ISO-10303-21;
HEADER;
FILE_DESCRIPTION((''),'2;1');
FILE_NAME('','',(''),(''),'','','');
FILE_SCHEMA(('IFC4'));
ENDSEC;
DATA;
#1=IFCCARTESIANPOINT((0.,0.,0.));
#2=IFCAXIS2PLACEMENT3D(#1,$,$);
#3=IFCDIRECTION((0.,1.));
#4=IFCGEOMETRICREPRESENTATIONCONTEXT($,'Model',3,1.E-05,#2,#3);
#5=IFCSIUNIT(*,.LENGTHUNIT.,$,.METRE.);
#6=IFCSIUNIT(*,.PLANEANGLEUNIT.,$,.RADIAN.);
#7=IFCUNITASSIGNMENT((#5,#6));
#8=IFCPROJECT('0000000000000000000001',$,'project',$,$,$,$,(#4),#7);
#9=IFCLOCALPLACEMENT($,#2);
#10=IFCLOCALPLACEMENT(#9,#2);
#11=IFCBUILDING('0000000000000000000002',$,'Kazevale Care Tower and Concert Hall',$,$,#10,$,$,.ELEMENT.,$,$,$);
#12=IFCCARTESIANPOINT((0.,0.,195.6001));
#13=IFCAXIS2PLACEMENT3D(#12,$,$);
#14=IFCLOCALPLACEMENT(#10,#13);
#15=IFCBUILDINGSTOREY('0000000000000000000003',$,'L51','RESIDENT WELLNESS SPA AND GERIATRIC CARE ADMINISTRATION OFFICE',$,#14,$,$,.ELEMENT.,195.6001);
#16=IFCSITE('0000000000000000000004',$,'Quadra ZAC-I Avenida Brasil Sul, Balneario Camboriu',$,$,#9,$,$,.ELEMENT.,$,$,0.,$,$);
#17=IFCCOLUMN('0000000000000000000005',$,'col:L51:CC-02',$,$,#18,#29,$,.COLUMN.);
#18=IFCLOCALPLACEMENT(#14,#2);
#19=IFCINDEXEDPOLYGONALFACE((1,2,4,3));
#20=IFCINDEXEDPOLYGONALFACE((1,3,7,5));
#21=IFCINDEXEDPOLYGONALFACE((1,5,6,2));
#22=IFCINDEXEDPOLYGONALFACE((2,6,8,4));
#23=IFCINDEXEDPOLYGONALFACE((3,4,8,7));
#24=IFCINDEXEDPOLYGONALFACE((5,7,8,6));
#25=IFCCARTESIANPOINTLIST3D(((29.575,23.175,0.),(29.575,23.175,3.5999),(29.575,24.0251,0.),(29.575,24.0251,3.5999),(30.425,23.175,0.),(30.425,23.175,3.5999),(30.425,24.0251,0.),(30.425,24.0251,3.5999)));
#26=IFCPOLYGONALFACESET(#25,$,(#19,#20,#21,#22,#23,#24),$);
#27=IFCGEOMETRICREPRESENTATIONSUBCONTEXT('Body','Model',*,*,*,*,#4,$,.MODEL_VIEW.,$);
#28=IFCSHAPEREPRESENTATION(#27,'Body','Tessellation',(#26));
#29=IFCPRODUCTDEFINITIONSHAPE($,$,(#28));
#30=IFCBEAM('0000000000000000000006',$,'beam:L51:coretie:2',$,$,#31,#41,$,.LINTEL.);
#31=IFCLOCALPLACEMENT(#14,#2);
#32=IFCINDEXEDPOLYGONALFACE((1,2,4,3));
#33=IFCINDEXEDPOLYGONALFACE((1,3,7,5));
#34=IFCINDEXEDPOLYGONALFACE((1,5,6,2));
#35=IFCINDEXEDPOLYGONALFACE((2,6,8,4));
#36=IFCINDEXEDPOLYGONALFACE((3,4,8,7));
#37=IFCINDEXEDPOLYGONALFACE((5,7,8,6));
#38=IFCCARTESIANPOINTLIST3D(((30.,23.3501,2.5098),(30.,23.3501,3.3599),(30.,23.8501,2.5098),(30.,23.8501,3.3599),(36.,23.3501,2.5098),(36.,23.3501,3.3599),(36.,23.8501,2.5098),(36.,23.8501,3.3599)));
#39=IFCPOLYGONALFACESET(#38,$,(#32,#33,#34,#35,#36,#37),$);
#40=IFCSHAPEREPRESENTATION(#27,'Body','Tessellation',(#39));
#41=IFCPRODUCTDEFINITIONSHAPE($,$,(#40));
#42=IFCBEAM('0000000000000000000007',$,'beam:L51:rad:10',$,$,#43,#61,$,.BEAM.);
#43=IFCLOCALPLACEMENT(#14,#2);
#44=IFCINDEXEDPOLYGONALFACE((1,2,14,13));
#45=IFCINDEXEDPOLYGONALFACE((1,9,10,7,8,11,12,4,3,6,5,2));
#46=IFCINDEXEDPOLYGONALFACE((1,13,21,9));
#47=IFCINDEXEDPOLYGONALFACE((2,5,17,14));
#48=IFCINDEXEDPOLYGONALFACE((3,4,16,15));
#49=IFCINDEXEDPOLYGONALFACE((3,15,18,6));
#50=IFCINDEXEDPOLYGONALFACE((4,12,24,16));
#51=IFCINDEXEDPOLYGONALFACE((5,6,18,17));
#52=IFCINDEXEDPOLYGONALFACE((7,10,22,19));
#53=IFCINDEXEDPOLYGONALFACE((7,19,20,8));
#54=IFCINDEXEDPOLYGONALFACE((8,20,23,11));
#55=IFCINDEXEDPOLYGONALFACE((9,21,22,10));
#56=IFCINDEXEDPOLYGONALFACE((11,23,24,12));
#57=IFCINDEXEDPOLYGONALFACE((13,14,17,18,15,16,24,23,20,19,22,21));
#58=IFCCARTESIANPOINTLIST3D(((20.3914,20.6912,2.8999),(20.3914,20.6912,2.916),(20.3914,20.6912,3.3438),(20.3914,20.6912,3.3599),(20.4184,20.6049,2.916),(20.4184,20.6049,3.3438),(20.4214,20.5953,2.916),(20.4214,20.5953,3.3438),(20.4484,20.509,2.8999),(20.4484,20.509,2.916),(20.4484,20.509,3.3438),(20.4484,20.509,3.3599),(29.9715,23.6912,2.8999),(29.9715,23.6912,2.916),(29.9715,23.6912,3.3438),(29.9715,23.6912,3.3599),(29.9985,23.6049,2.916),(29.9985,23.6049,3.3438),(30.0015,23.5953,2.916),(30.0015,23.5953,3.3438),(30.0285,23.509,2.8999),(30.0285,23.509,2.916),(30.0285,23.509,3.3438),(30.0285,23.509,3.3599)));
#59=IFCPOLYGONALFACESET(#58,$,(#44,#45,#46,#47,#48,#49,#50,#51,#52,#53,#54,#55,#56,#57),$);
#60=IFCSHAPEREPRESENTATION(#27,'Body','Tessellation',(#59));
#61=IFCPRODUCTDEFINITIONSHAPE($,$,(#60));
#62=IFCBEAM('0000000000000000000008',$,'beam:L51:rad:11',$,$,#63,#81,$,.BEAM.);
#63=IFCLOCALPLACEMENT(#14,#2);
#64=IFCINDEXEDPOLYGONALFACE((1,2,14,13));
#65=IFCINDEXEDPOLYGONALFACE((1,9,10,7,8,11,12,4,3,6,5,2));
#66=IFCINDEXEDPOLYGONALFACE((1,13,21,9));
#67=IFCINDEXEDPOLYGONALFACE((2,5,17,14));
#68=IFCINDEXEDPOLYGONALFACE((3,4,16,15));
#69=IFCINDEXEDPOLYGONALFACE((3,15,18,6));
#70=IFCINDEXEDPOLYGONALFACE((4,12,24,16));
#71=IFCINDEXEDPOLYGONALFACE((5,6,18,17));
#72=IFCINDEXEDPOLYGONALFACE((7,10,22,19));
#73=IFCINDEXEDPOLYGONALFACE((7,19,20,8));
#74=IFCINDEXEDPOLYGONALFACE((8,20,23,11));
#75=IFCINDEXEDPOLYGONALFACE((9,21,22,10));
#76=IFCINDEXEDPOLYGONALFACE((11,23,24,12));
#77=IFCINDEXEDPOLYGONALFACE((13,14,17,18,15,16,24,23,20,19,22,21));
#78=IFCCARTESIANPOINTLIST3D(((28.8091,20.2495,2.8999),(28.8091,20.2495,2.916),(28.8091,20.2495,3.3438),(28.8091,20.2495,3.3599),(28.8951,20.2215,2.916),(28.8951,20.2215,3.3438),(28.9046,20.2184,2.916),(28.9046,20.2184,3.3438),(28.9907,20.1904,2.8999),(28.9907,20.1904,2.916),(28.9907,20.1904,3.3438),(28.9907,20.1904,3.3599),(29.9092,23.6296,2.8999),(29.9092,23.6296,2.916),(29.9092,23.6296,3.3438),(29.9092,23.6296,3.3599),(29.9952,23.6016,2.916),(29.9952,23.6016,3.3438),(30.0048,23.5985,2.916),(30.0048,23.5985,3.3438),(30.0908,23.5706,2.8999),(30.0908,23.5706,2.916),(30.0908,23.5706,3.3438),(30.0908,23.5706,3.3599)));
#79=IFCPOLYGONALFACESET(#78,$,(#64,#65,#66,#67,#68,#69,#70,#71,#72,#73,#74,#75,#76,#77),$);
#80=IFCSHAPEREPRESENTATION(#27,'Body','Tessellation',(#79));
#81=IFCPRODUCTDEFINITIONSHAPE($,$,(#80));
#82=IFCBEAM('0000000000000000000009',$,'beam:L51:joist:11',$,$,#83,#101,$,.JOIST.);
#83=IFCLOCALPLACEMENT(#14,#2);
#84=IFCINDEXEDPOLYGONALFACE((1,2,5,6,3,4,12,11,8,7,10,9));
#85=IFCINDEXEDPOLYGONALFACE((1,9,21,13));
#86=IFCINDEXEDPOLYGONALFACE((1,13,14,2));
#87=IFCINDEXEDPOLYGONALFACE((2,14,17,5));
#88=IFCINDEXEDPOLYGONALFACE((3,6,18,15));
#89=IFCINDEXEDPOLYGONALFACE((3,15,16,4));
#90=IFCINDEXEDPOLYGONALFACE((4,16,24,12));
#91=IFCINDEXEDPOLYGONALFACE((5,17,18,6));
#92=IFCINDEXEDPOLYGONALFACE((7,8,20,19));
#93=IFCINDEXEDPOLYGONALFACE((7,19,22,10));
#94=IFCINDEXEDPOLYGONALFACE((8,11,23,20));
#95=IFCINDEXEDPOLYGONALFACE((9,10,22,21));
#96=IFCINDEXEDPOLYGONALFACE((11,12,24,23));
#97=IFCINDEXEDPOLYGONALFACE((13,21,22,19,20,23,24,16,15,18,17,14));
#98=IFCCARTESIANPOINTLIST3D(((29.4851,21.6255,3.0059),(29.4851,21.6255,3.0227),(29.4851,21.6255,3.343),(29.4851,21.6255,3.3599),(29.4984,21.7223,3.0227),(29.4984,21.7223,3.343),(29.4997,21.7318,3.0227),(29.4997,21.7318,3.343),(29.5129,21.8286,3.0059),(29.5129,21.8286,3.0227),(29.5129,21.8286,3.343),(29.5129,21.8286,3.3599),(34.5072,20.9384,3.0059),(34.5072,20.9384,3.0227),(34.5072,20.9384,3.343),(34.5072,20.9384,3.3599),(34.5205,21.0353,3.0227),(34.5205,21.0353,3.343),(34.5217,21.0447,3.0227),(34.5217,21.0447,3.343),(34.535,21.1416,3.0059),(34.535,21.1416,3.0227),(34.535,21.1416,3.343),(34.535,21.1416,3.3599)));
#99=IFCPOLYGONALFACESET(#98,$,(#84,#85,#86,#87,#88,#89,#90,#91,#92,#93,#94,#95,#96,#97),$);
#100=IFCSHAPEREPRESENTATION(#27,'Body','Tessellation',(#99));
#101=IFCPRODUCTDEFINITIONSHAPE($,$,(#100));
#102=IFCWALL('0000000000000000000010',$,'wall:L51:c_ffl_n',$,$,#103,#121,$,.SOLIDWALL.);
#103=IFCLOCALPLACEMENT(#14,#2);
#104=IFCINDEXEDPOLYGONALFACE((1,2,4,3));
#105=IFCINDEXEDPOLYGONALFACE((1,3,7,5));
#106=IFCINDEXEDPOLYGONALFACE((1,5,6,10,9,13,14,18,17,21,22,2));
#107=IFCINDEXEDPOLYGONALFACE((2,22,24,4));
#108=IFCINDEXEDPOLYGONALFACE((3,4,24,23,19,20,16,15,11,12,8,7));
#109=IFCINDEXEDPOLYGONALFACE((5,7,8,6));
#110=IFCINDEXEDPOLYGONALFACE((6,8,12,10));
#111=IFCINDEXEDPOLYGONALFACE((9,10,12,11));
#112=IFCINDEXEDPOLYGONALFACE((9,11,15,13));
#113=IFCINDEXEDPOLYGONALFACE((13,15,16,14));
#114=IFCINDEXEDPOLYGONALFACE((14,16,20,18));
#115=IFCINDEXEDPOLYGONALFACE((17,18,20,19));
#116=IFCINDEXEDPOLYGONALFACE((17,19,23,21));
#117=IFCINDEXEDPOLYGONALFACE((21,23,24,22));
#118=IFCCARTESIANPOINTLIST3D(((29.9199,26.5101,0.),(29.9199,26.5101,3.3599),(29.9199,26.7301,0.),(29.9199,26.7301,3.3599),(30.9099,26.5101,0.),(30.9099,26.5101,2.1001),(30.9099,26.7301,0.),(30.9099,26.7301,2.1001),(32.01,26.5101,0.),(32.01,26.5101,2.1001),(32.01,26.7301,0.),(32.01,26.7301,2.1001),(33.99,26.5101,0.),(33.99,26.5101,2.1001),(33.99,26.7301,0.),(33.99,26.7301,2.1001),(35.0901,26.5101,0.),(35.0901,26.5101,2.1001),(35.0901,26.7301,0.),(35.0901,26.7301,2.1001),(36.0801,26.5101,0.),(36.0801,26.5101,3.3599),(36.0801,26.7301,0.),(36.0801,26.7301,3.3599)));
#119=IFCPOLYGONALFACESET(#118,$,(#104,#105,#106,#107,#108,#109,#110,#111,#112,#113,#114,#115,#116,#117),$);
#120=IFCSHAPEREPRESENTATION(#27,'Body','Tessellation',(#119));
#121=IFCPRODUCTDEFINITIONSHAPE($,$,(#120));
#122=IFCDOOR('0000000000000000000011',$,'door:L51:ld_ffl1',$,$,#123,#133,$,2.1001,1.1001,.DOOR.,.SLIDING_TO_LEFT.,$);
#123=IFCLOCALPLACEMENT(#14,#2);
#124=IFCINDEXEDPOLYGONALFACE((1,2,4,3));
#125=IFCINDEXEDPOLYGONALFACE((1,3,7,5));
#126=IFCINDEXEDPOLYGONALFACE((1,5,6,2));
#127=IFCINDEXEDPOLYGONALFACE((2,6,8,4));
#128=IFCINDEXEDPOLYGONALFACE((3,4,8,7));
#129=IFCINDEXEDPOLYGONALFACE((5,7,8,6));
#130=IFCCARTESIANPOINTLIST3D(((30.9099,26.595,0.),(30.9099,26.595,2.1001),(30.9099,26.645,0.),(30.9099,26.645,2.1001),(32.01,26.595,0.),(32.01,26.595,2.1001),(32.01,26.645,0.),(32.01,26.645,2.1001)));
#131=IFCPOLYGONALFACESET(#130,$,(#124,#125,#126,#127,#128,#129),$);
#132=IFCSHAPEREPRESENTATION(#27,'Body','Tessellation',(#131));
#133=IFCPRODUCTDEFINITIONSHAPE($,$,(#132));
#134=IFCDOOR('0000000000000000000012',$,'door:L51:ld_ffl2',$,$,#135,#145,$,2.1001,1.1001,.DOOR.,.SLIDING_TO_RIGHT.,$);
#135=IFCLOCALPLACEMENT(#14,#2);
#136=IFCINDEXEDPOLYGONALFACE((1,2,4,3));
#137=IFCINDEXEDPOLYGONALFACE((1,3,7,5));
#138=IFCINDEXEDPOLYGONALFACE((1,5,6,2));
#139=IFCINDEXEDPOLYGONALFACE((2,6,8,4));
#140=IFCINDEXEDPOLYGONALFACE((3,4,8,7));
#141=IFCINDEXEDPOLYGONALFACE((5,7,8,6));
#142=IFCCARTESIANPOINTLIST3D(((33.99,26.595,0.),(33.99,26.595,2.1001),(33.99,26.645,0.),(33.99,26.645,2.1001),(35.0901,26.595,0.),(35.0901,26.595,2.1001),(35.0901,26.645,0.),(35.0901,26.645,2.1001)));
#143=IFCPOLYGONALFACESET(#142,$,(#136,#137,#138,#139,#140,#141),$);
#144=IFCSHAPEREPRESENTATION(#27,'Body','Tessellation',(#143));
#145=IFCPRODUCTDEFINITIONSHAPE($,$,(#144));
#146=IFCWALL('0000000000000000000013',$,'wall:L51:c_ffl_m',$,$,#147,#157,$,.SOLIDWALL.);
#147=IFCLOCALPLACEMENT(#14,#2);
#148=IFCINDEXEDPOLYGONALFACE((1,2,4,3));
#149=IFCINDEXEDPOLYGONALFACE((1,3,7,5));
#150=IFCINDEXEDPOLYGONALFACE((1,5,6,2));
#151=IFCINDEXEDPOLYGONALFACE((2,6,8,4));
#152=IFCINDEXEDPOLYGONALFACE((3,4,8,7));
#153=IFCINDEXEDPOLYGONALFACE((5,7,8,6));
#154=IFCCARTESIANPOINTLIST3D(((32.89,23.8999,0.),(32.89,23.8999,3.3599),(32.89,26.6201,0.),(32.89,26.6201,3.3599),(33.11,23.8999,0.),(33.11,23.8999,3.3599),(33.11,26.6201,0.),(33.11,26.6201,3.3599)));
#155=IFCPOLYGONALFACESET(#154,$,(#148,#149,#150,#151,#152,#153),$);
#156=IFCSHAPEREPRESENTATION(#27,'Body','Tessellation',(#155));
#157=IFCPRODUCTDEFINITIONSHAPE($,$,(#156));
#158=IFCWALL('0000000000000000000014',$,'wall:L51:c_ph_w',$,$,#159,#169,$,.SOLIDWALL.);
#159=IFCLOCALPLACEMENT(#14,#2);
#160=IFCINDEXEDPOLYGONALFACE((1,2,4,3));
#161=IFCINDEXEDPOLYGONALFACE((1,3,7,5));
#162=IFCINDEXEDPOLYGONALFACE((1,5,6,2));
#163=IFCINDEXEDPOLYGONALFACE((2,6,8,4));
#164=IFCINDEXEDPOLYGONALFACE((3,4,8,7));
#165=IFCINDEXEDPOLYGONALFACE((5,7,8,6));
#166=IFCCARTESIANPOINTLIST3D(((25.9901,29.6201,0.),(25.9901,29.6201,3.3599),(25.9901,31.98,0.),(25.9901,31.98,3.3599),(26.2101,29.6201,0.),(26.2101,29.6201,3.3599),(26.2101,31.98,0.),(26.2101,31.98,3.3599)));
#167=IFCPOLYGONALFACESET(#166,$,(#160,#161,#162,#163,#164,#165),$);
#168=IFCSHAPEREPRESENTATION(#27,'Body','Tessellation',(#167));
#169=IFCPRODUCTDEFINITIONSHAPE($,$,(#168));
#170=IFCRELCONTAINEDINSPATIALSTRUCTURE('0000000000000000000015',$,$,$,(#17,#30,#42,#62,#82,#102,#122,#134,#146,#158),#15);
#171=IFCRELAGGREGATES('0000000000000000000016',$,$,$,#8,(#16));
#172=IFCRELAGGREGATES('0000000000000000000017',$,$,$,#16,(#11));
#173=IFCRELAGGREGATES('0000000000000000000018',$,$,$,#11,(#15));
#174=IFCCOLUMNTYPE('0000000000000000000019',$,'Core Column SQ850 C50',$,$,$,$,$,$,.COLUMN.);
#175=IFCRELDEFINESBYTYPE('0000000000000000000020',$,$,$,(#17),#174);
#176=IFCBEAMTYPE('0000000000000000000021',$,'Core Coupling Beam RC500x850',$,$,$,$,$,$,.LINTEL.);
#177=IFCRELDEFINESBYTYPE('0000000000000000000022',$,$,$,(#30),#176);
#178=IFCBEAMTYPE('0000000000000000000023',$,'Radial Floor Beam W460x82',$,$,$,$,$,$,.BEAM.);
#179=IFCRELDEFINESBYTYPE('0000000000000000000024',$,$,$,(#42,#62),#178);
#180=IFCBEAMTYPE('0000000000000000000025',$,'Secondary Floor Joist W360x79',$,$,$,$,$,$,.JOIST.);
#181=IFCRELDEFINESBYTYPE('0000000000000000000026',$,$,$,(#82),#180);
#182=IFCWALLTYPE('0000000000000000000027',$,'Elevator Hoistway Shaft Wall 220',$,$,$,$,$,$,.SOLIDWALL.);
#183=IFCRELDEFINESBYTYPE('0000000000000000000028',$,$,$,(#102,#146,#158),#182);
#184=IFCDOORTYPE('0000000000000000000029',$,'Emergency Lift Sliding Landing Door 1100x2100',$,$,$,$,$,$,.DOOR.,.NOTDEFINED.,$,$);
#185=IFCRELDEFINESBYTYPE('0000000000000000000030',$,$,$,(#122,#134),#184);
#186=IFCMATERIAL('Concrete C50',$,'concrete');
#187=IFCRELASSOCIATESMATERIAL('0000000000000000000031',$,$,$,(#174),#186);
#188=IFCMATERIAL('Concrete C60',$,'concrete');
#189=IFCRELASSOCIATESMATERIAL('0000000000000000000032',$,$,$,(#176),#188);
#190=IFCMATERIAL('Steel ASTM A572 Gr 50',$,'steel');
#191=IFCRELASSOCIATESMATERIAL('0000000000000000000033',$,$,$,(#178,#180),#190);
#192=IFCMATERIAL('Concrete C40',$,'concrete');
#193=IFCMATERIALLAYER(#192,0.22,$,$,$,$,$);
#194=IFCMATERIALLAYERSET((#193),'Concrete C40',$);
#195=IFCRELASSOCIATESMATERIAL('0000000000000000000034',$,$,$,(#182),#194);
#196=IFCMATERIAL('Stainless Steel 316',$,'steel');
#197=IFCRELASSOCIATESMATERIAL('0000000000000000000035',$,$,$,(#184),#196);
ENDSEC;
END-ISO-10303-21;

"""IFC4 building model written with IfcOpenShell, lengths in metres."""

from ifc_helpers import new_model, si_unit, direction, frame, frame_2d, origin, origin_2d, place, context, subcontext, project, spatial, rectangle, i_section, extrude, material, layer, layer_set, material_profile, profile_set, type_object, element, fill, save


model = new_model("IFC4")

# Units and contexts
model_context = context("Model", 3, precision=1e-05, world=origin(), true_north=direction((0.0, 1.0)))
body_context = subcontext(model_context, "Body", "Model", "MODEL_VIEW")
ifc_project = project(units=[si_unit("LENGTHUNIT", "METRE"), si_unit("PLANEANGLEUNIT", "RADIAN")], contexts=[model_context])

# Site, building, storey
site_placement = place(None, origin())
site = spatial("IfcSite", under=ifc_project, at=site_placement, Name="Quadra ZAC-I Avenida Brasil Sul, Balneario Camboriu", CompositionType="ELEMENT", RefElevation=0.0)
building_placement = place(site_placement, origin())
building = spatial("IfcBuilding", under=site, at=building_placement, Name="Kazevale Care Tower and Concert Hall", CompositionType="ELEMENT")
storey_placement = place(building_placement, frame((0.0, 0.0, 195.6001)))
storey = spatial("IfcBuildingStorey", under=building, at=storey_placement, Name="L51", Description="RESIDENT WELLNESS SPA AND GERIATRIC CARE ADMINISTRATION OFFICE", CompositionType="ELEMENT", Elevation=195.6001)

# Column
ifc_material_1 = material(Name="Concrete C50", Category="concrete")
ifc_material_profile_1 = material_profile(ifc_material_1, rectangle(XDim=0.8501, YDim=0.8501, at=origin_2d()), Name="RC-SQ850")
ifc_profile_set_1 = profile_set([ifc_material_profile_1], Name="Concrete C50")
column_type = type_object("IfcColumnType", Name="Core Column SQ850 C50", PredefinedType="COLUMN", material=ifc_profile_set_1)
column_placement = place(storey_placement, frame((30.0, 23.6001, 0.0), z_axis=(0.0, 0.0, 1.0), x_axis=(1.0, 0.0, 0.0)))
element("IfcColumn", 1, at=column_placement, inside=storey, type_object=column_type, Name="col:L51:CC-02", PredefinedType="COLUMN", context=body_context, shape_type="SweptSolid", body=[
    extrude(rectangle(XDim=0.8501, YDim=0.8501, at=origin_2d()), origin(), (0.0, 0.0, 1.0), 3.5999),
])

# Beams
ifc_material_2 = material(Name="Concrete C60", Category="concrete")
ifc_material_profile_2 = material_profile(ifc_material_2, rectangle(XDim=0.5, YDim=0.8501, at=origin_2d()), Name="RC-B500x850")
ifc_profile_set_2 = profile_set([ifc_material_profile_2], Name="Concrete C60")
beam_type_1 = type_object("IfcBeamType", Name="Core Coupling Beam RC500x850", PredefinedType="LINTEL", material=ifc_profile_set_2)
beam_1_placement = place(storey_placement, frame((30.0, 23.6001, 2.9348), z_axis=(1.0, 0.0, 0.0), x_axis=(0.0, 1.0, 0.0)))
element("IfcBeam", 2, at=beam_1_placement, inside=storey, type_object=beam_type_1, Name="beam:L51:coretie:2", PredefinedType="LINTEL", context=body_context, shape_type="SweptSolid", body=[
    extrude(rectangle(XDim=0.5, YDim=0.8501, at=origin_2d()), origin(), (0.0, 0.0, 1.0), 6.0),
])
ifc_material_3 = material(Name="Steel ASTM A572 Gr 50", Category="steel")
ifc_material_profile_3 = material_profile(ifc_material_3, i_section(OverallWidth=0.1909, OverallDepth=0.46, WebThickness=0.01, FlangeThickness=0.0161, at=origin_2d()), Name="W460x82")
ifc_profile_set_3 = profile_set([ifc_material_profile_3], Name="Steel ASTM A572 Gr 50")
beam_type_2 = type_object("IfcBeamType", Name="Radial Floor Beam W460x82", PredefinedType="BEAM", material=ifc_profile_set_3)
beam_2_placement = place(storey_placement, frame((30.0, 23.6001, 3.1299), z_axis=(-0.954303, -0.29884, 0.0), x_axis=(0.29884, -0.954303, 0.0)))
element("IfcBeam", 3, at=beam_2_placement, inside=storey, type_object=beam_type_2, Name="beam:L51:rad:10", PredefinedType="BEAM", context=body_context, shape_type="SweptSolid", body=[
    extrude(i_section(OverallWidth=0.1909, OverallDepth=0.46, WebThickness=0.01, FlangeThickness=0.0161, at=origin_2d()), origin(), (0.0, 0.0, 1.0), 10.0388),
])
beam_3_placement = place(storey_placement, frame((30.0, 23.6001, 3.1299), z_axis=(-0.309482, -0.950905, 0.0), x_axis=(0.950905, -0.309482, 0.0)))
element("IfcBeam", 4, at=beam_3_placement, inside=storey, type_object=beam_type_2, Name="beam:L51:rad:11", PredefinedType="BEAM", context=body_context, shape_type="SweptSolid", body=[
    extrude(i_section(OverallWidth=0.1909, OverallDepth=0.46, WebThickness=0.01, FlangeThickness=0.0161, at=origin_2d()), origin(), (0.0, 0.0, 1.0), 3.5547),
])
ifc_material_profile_4 = material_profile(ifc_material_3, i_section(OverallWidth=0.2051, OverallDepth=0.354, WebThickness=0.0095, FlangeThickness=0.0168, at=origin_2d()), Name="W360x79")
ifc_profile_set_4 = profile_set([ifc_material_profile_4], Name="Steel ASTM A572 Gr 50")
beam_type_3 = type_object("IfcBeamType", Name="Secondary Floor Joist W360x79", PredefinedType="JOIST", material=ifc_profile_set_4)
beam_4_placement = place(storey_placement, frame((29.499, 21.7271, 3.1829), z_axis=(0.990772, -0.135539, 0.0), x_axis=(0.135539, 0.990772, 0.0)))
element("IfcBeam", 5, at=beam_4_placement, inside=storey, type_object=beam_type_3, Name="beam:L51:joist:11", PredefinedType="JOIST", context=body_context, shape_type="SweptSolid", body=[
    extrude(i_section(OverallWidth=0.2051, OverallDepth=0.354, WebThickness=0.0095, FlangeThickness=0.0168, at=origin_2d()), origin(), (0.0, 0.0, 1.0), 5.0688),
])

# Wall, openings, doors
ifc_material_4 = material(Name="Concrete C40", Category="concrete")
ifc_layer_1 = layer(ifc_material_4, 0.22)
ifc_layer_set_1 = layer_set([ifc_layer_1], Name="Concrete C40")
wall_type_1 = type_object("IfcWallType", Name="Elevator Hoistway Shaft Wall 220", PredefinedType="SOLIDWALL", material=ifc_layer_set_1)
wall_1_placement = place(storey_placement, frame((29.9199, 26.6201, 0.0), z_axis=(0.0, 0.0, 1.0), x_axis=(1.0, 0.0, 0.0)))
wall_1 = element("IfcWall", 6, at=wall_1_placement, inside=storey, type_object=wall_type_1, Name="wall:L51:c_ffl_n", PredefinedType="SOLIDWALL", context=body_context, shape_type="SweptSolid", body=[
    extrude(rectangle(XDim=6.1602, YDim=0.22, at=frame_2d((3.0801, 0.0))), origin(), (0.0, 0.0, 1.0), 3.3599),
])
opening_1_placement = place(wall_1_placement, frame((0.99, 0.0, 0.0)))
opening_1 = element("IfcOpeningElement", 7, at=opening_1_placement, cuts=wall_1, PredefinedType="OPENING", context=body_context, shape_type="SweptSolid", body=[
    extrude(rectangle(XDim=1.1001, YDim=2.1001, at=frame_2d((0.55, 1.05))), frame((0.0, 0.1199, 0.0), z_axis=(0.0, -1.0, 0.0), x_axis=(1.0, 0.0, 0.0)), (0.0, 0.0, 1.0), 0.24),
])
opening_2_placement = place(wall_1_placement, frame((4.0701, 0.0, 0.0)))
opening_2 = element("IfcOpeningElement", 8, at=opening_2_placement, cuts=wall_1, PredefinedType="OPENING", context=body_context, shape_type="SweptSolid", body=[
    extrude(rectangle(XDim=1.1001, YDim=2.1001, at=frame_2d((0.55, 1.05))), frame((0.0, 0.1199, 0.0), z_axis=(0.0, -1.0, 0.0), x_axis=(1.0, 0.0, 0.0)), (0.0, 0.0, 1.0), 0.24),
])
ifc_material_5 = material(Name="Stainless Steel 316", Category="steel")
door_type_1 = type_object("IfcDoorType", Name="Emergency Lift Sliding Landing Door 1100x2100", OperationType="NOTDEFINED", PredefinedType="DOOR", material=ifc_material_5)
door_1_placement = place(opening_1_placement, origin())
door_1 = element("IfcDoor", 9, at=door_1_placement, inside=storey, type_object=door_type_1, Name="door:L51:ld_ffl1", OperationType="SLIDING_TO_LEFT", OverallHeight=2.1001, OverallWidth=1.1001, PredefinedType="DOOR", context=body_context, shape_type="SweptSolid", body=[
    extrude(rectangle(XDim=1.1001, YDim=2.1001, at=frame_2d((0.55, 1.05))), frame((0.0, 0.0249, 0.0), z_axis=(0.0, -1.0, 0.0), x_axis=(1.0, 0.0, 0.0)), (0.0, 0.0, 1.0), 0.05),
])
fill(opening_1, door_1)
door_2_placement = place(opening_2_placement, origin())
door_2 = element("IfcDoor", 10, at=door_2_placement, inside=storey, type_object=door_type_1, Name="door:L51:ld_ffl2", OperationType="SLIDING_TO_RIGHT", OverallHeight=2.1001, OverallWidth=1.1001, PredefinedType="DOOR", context=body_context, shape_type="SweptSolid", body=[
    extrude(rectangle(XDim=1.1001, YDim=2.1001, at=frame_2d((0.55, 1.05))), frame((0.0, 0.0249, 0.0), z_axis=(0.0, -1.0, 0.0), x_axis=(1.0, 0.0, 0.0)), (0.0, 0.0, 1.0), 0.05),
])
fill(opening_2, door_2)

# Walls
wall_2_placement = place(storey_placement, frame((33.0, 23.8999, 0.0), z_axis=(0.0, 0.0, 1.0), x_axis=(0.0, 1.0, 0.0)))
element("IfcWall", 11, at=wall_2_placement, inside=storey, type_object=wall_type_1, Name="wall:L51:c_ffl_m", PredefinedType="SOLIDWALL", context=body_context, shape_type="SweptSolid", body=[
    extrude(rectangle(XDim=2.7202, YDim=0.22, at=frame_2d((1.3601, 0.0))), origin(), (0.0, 0.0, 1.0), 3.3599),
])
wall_3_placement = place(storey_placement, frame((26.1001, 29.6201, 0.0), z_axis=(0.0, 0.0, 1.0), x_axis=(0.0, 1.0, 0.0)))
element("IfcWall", 12, at=wall_3_placement, inside=storey, type_object=wall_type_1, Name="wall:L51:c_ph_w", PredefinedType="SOLIDWALL", context=body_context, shape_type="SweptSolid", body=[
    extrude(rectangle(XDim=2.3599, YDim=0.22, at=frame_2d((1.1799, 0.0))), origin(), (0.0, 0.0, 1.0), 3.3599),
])

save(model, "model.ifc")
